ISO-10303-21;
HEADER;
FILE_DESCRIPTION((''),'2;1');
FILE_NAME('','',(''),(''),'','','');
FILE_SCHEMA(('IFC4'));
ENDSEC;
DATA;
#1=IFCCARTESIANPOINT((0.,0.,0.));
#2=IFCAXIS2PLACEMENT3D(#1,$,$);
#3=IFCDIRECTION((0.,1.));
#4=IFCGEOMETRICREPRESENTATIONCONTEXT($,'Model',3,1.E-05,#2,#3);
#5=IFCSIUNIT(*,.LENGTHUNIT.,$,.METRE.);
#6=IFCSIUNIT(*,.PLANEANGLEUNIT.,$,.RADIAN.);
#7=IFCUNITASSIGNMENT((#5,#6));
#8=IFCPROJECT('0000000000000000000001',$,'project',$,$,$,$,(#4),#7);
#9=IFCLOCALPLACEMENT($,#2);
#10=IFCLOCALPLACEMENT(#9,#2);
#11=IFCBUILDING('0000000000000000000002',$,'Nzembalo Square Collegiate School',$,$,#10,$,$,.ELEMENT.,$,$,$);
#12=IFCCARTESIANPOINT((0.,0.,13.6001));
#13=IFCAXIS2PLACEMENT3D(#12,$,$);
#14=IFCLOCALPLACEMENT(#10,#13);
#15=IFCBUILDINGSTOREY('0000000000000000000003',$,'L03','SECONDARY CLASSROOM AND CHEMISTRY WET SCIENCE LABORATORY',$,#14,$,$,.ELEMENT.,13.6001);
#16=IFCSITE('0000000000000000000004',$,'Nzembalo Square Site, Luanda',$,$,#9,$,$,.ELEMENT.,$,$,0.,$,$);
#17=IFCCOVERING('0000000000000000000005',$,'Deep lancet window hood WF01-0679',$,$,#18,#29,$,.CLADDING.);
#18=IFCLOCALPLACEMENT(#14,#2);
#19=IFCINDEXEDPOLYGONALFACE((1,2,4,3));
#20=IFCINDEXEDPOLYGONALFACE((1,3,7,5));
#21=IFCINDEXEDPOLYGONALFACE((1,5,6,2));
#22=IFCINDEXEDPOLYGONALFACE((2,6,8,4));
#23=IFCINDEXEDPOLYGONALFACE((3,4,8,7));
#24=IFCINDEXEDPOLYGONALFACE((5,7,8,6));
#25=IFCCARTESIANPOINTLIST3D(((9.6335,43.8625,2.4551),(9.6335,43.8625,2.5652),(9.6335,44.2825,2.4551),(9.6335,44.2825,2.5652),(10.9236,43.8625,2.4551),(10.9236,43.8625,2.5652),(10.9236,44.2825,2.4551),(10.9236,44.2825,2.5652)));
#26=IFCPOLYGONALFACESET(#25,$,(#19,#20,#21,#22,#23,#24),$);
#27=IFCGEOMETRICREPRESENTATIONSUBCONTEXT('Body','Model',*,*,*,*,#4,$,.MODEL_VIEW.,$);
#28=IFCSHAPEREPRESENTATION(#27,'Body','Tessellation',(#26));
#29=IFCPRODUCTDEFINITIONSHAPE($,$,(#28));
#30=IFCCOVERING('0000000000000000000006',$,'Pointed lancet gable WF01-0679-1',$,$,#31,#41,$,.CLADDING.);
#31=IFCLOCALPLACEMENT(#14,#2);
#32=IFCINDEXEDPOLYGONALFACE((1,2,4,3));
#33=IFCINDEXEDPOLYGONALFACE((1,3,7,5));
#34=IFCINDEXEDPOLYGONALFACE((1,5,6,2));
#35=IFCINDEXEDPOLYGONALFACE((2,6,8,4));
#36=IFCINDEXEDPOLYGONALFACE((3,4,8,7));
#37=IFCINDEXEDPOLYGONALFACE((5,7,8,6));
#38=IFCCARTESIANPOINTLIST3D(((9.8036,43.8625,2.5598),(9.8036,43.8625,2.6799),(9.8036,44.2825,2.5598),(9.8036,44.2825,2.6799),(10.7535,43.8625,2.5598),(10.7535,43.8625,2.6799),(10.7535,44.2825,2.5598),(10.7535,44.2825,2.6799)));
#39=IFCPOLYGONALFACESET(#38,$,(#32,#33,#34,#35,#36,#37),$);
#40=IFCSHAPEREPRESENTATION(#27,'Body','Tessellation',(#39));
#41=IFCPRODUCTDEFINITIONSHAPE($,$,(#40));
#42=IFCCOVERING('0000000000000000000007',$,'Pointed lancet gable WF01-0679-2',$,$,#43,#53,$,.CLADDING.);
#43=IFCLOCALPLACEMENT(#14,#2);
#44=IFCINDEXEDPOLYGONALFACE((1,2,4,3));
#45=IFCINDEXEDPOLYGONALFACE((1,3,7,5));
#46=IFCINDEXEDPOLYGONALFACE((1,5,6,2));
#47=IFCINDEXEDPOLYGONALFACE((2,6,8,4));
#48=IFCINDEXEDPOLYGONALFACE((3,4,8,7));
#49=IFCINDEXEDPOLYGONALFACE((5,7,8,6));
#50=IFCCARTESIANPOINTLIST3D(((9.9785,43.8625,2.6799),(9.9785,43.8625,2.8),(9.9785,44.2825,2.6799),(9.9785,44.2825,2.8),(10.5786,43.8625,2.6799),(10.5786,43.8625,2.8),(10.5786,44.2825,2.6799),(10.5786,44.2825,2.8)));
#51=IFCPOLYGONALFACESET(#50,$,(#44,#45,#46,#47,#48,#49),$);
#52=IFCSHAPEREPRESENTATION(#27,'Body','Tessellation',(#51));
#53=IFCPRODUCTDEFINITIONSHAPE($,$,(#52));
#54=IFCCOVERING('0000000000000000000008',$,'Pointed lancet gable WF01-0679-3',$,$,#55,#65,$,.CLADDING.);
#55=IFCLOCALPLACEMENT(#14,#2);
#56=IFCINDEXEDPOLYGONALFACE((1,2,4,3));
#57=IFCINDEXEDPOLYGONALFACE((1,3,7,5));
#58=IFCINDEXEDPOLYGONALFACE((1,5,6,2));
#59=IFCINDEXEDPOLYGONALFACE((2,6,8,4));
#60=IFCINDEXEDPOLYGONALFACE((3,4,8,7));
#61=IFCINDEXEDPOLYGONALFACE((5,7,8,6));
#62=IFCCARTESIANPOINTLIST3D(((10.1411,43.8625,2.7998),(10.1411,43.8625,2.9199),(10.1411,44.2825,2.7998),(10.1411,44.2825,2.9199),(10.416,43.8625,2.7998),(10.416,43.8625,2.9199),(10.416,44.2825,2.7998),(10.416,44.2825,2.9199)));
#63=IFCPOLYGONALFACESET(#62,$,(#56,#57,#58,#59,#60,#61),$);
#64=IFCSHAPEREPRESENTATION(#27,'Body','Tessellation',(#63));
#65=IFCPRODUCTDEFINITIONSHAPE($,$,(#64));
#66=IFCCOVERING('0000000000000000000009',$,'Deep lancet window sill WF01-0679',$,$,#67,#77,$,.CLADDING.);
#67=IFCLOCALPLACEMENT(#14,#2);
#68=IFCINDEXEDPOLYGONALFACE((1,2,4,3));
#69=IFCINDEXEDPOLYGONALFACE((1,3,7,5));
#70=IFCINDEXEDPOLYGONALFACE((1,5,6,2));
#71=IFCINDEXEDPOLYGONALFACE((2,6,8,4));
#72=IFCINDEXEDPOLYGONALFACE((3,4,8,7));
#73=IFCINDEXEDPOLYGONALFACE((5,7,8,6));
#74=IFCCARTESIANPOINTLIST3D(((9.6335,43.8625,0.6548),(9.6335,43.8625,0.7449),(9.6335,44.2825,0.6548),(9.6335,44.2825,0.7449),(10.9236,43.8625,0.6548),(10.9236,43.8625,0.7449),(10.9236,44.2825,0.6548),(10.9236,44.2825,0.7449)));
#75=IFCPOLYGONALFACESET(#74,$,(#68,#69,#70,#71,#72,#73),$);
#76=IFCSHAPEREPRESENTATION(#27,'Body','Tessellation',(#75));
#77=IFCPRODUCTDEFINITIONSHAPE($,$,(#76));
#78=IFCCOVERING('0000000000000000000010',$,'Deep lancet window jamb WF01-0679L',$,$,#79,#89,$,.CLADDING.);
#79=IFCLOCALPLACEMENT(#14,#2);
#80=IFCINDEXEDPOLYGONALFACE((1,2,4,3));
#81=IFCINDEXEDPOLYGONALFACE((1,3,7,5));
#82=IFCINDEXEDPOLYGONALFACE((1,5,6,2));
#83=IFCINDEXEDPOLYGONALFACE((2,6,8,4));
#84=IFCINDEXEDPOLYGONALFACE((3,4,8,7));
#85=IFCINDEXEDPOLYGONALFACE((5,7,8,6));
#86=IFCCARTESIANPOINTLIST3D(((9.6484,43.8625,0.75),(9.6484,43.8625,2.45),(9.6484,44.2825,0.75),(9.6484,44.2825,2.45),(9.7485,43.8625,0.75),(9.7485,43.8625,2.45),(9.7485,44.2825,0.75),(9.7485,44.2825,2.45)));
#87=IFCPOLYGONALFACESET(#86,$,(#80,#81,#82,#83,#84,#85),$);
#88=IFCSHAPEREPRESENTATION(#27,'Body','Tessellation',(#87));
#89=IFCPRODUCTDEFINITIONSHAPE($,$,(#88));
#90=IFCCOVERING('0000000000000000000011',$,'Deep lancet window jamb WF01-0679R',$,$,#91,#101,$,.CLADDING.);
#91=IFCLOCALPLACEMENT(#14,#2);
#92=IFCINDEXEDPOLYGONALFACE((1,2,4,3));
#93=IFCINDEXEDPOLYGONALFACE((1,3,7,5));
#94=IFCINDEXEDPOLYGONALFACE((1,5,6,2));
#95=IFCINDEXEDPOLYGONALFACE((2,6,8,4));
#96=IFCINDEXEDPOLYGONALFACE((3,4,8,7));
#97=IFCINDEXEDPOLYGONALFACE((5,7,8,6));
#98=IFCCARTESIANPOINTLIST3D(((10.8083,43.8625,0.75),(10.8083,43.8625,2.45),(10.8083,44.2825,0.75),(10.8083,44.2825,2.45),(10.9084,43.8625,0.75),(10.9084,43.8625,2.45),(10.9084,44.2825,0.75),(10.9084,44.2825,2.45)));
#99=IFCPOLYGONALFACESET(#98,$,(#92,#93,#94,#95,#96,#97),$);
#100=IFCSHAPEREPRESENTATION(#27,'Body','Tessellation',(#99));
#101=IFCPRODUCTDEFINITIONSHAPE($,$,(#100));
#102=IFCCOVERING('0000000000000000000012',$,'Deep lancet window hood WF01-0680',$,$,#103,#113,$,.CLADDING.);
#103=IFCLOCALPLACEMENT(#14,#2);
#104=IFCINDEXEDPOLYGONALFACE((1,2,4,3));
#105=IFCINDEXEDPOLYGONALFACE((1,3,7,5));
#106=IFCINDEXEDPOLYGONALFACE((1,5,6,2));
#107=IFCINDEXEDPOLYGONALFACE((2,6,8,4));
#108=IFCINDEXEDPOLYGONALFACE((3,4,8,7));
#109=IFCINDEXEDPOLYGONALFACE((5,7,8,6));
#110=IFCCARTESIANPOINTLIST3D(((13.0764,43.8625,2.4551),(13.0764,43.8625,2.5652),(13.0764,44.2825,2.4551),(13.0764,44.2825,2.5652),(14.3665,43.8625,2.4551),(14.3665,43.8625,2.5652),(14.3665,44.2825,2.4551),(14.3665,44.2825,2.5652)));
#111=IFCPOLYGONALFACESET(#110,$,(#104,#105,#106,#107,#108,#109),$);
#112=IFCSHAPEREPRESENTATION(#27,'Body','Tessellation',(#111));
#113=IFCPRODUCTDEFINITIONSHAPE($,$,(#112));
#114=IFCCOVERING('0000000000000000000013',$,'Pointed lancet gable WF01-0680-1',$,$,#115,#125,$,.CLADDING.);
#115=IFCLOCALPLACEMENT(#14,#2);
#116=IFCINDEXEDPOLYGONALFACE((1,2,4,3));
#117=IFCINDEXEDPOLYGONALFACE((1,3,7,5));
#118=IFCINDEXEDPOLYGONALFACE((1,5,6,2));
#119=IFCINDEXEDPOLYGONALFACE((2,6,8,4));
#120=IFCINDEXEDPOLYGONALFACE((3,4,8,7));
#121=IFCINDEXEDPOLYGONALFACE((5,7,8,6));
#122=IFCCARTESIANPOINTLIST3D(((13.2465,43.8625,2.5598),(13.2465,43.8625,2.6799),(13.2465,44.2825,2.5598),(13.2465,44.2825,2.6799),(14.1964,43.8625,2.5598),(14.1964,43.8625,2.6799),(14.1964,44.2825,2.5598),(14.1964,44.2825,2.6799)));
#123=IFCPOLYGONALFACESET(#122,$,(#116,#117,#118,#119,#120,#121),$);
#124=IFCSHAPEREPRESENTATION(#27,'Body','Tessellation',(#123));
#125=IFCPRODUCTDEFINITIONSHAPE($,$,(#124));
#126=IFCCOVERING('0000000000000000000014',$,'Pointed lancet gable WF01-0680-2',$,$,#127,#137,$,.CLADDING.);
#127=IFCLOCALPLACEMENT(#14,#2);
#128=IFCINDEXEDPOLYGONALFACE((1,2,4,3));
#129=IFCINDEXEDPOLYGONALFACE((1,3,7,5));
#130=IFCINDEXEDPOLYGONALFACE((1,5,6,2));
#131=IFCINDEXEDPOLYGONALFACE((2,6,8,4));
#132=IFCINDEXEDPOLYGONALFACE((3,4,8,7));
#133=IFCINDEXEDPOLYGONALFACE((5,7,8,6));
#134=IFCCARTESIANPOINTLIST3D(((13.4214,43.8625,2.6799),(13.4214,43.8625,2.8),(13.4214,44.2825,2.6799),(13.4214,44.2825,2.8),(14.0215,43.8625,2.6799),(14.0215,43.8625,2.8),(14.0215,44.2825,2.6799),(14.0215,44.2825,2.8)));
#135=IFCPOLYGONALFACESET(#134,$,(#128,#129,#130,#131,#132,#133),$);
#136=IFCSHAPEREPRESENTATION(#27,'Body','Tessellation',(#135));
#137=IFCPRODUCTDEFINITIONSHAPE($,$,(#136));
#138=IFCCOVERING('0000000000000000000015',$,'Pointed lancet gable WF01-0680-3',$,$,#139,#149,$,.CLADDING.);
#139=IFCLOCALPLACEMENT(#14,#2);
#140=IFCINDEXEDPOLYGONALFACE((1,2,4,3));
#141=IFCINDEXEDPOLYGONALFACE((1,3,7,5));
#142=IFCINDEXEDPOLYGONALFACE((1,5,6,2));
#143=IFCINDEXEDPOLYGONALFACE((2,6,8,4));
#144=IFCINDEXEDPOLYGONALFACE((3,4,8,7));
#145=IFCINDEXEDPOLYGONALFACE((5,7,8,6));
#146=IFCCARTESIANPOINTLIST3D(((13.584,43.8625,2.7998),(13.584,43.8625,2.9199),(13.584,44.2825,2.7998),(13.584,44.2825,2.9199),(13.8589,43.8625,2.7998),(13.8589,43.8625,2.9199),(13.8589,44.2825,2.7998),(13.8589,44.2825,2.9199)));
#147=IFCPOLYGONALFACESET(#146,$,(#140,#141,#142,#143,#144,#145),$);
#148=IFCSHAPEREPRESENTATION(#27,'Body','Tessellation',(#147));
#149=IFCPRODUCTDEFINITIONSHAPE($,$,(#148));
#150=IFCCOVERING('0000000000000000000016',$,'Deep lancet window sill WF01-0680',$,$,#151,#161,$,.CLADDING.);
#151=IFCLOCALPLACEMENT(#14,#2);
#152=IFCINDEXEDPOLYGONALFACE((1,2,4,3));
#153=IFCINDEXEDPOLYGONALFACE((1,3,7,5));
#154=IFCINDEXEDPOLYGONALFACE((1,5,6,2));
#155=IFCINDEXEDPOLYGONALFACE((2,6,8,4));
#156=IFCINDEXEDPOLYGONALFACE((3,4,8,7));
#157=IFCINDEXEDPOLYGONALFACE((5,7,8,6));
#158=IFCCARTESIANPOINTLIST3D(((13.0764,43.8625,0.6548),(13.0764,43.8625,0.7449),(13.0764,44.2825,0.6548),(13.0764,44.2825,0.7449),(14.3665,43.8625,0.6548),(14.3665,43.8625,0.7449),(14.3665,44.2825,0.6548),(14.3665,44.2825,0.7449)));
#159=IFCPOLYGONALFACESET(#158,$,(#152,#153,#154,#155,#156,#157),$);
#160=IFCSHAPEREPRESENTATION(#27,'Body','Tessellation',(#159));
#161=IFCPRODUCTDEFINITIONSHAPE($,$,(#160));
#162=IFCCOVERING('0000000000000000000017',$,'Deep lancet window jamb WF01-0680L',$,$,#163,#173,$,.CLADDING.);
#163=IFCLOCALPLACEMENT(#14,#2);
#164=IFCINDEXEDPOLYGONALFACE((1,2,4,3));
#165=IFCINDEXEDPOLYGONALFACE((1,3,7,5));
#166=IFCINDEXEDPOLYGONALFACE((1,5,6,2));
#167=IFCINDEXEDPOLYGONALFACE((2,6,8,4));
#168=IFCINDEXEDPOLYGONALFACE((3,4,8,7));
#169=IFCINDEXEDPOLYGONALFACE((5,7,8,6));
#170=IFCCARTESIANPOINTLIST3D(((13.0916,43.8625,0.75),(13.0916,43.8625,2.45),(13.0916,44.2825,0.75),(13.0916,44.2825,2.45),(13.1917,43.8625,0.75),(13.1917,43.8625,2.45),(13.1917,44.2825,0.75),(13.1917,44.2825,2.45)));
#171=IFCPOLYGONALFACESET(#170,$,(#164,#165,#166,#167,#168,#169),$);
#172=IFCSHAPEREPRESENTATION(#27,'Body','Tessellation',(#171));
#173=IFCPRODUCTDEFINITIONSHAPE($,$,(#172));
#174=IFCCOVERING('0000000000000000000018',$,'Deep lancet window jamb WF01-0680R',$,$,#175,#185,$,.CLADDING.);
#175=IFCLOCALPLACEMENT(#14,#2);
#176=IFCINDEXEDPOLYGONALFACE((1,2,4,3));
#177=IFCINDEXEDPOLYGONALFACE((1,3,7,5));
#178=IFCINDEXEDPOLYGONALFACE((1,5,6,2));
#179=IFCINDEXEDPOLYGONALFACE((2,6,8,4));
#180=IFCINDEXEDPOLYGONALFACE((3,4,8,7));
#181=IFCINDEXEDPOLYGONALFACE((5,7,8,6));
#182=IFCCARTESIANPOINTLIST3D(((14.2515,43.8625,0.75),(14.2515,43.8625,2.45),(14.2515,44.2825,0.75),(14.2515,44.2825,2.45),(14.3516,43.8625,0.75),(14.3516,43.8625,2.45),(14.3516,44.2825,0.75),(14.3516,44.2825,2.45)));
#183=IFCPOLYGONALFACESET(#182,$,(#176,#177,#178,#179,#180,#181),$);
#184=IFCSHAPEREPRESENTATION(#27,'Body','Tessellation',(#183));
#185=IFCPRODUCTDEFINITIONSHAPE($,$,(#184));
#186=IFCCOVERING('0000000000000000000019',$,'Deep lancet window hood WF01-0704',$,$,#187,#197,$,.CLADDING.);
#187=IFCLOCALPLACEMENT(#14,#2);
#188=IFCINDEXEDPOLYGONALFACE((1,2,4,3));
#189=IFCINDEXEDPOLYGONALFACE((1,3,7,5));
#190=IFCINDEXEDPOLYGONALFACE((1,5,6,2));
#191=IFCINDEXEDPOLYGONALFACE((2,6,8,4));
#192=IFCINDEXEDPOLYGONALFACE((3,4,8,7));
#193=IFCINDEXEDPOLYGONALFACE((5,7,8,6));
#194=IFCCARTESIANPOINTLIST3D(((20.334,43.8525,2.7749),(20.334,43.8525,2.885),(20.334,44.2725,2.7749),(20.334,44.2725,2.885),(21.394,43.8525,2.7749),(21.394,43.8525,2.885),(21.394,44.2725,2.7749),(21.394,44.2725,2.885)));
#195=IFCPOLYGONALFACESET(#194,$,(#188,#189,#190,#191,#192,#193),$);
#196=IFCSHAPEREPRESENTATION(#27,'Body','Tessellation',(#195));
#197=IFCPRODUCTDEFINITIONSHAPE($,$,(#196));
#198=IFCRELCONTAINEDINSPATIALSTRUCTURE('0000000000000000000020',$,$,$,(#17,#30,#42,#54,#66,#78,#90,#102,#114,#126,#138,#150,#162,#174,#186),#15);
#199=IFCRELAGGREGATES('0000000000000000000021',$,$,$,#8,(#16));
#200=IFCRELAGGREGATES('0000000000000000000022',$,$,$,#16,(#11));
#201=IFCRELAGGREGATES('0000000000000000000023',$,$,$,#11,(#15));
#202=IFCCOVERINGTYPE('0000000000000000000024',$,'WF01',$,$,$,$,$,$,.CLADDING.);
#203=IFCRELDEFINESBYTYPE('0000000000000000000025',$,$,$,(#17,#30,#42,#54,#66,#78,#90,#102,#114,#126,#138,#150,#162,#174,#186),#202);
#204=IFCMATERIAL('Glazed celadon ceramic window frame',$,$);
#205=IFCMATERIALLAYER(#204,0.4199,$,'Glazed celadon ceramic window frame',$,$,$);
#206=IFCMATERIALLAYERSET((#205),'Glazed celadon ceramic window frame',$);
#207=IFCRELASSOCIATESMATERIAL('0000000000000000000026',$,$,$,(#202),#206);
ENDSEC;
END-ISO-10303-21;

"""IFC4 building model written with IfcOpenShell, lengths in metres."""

from ifc_helpers import new_model, si_unit, direction, frame, origin, origin_2d, place, context, subcontext, project, spatial, rectangle, extrude, material, layer, layer_set, type_object, element, save


model = new_model("IFC4")

# Units and contexts
model_context = context("Model", 3, precision=1e-05, world=origin(), true_north=direction((0.0, 1.0)))
body_context = subcontext(model_context, "Body", "Model", "MODEL_VIEW")
ifc_project = project(units=[si_unit("LENGTHUNIT", "METRE"), si_unit("PLANEANGLEUNIT", "RADIAN")], contexts=[model_context])

# Site, building, storey
site_placement = place(None, origin())
site = spatial("IfcSite", under=ifc_project, at=site_placement, Name="Nzembalo Square Site, Luanda", CompositionType="ELEMENT", RefElevation=0.0)
building_placement = place(site_placement, origin())
building = spatial("IfcBuilding", under=site, at=building_placement, Name="Nzembalo Square Collegiate School", CompositionType="ELEMENT")
storey_placement = place(building_placement, frame((0.0, 0.0, 13.6001)))
storey = spatial("IfcBuildingStorey", under=building, at=storey_placement, Name="L03", Description="SECONDARY CLASSROOM AND CHEMISTRY WET SCIENCE LABORATORY", CompositionType="ELEMENT", Elevation=13.6001)

# Coverings
ifc_material = material(Name="Glazed celadon ceramic window frame")
ifc_layer = layer(ifc_material, 0.4199, Name="Glazed celadon ceramic window frame")
ifc_layer_set = layer_set([ifc_layer], Name="Glazed celadon ceramic window frame")
covering_type = type_object("IfcCoveringType", Name="WF01", PredefinedType="CLADDING", material=ifc_layer_set)
covering_1_placement = place(storey_placement, frame((10.2786, 44.0725, 2.4551), z_axis=(0.0, 0.0, 1.0), x_axis=(1.0, 0.0, 0.0)))
element("IfcCovering", 1, at=covering_1_placement, inside=storey, type_object=covering_type, Name="Deep lancet window hood WF01-0679", PredefinedType="CLADDING", context=body_context, shape_type="SweptSolid", body=[
    extrude(rectangle(XDim=1.29, YDim=0.4199, at=origin_2d()), origin(), (0.0, 0.0, 1.0), 0.1101),
])
covering_2_placement = place(storey_placement, frame((10.2786, 44.0725, 2.5598), z_axis=(0.0, 0.0, 1.0), x_axis=(1.0, 0.0, 0.0)))
element("IfcCovering", 2, at=covering_2_placement, inside=storey, type_object=covering_type, Name="Pointed lancet gable WF01-0679-1", PredefinedType="CLADDING", context=body_context, shape_type="SweptSolid", body=[
    extrude(rectangle(XDim=0.95, YDim=0.4199, at=origin_2d()), origin(), (0.0, 0.0, 1.0), 0.1201),
])
covering_3_placement = place(storey_placement, frame((10.2786, 44.0725, 2.6799), z_axis=(0.0, 0.0, 1.0), x_axis=(1.0, 0.0, 0.0)))
element("IfcCovering", 3, at=covering_3_placement, inside=storey, type_object=covering_type, Name="Pointed lancet gable WF01-0679-2", PredefinedType="CLADDING", context=body_context, shape_type="SweptSolid", body=[
    extrude(rectangle(XDim=0.6001, YDim=0.4199, at=origin_2d()), origin(), (0.0, 0.0, 1.0), 0.1201),
])
covering_4_placement = place(storey_placement, frame((10.2786, 44.0725, 2.7998), z_axis=(0.0, 0.0, 1.0), x_axis=(1.0, 0.0, 0.0)))
element("IfcCovering", 4, at=covering_4_placement, inside=storey, type_object=covering_type, Name="Pointed lancet gable WF01-0679-3", PredefinedType="CLADDING", context=body_context, shape_type="SweptSolid", body=[
    extrude(rectangle(XDim=0.2749, YDim=0.4199, at=origin_2d()), origin(), (0.0, 0.0, 1.0), 0.1201),
])
covering_5_placement = place(storey_placement, frame((10.2786, 44.0725, 0.6548), z_axis=(0.0, 0.0, 1.0), x_axis=(1.0, 0.0, 0.0)))
element("IfcCovering", 5, at=covering_5_placement, inside=storey, type_object=covering_type, Name="Deep lancet window sill WF01-0679", PredefinedType="CLADDING", context=body_context, shape_type="SweptSolid", body=[
    extrude(rectangle(XDim=1.29, YDim=0.4199, at=origin_2d()), origin(), (0.0, 0.0, 1.0), 0.0901),
])
for number, where, z_axis, x_axis, name in (
    (6, (9.6985, 44.0725, 0.75), (0.0, 0.0, 1.0), (1.0, 0.0, 0.0), "Deep lancet window jamb WF01-0679L"),
    (7, (10.8584, 44.0725, 0.75), (0.0, 0.0, 1.0), (1.0, 0.0, 0.0), "Deep lancet window jamb WF01-0679R"),
):
    element("IfcCovering", number, at=place(storey_placement, frame(where, z_axis=z_axis, x_axis=x_axis)), inside=storey, type_object=covering_type, Name=name, PredefinedType="CLADDING", context=body_context, shape_type="SweptSolid", body=[
        extrude(rectangle(XDim=0.1001, YDim=0.4199, at=origin_2d()), origin(), (0.0, 0.0, 1.0), 1.7),
    ])
covering_6_placement = place(storey_placement, frame((13.7214, 44.0725, 2.4551), z_axis=(0.0, 0.0, 1.0), x_axis=(1.0, 0.0, 0.0)))
element("IfcCovering", 8, at=covering_6_placement, inside=storey, type_object=covering_type, Name="Deep lancet window hood WF01-0680", PredefinedType="CLADDING", context=body_context, shape_type="SweptSolid", body=[
    extrude(rectangle(XDim=1.29, YDim=0.4199, at=origin_2d()), origin(), (0.0, 0.0, 1.0), 0.1101),
])
covering_7_placement = place(storey_placement, frame((13.7214, 44.0725, 2.5598), z_axis=(0.0, 0.0, 1.0), x_axis=(1.0, 0.0, 0.0)))
element("IfcCovering", 9, at=covering_7_placement, inside=storey, type_object=covering_type, Name="Pointed lancet gable WF01-0680-1", PredefinedType="CLADDING", context=body_context, shape_type="SweptSolid", body=[
    extrude(rectangle(XDim=0.95, YDim=0.4199, at=origin_2d()), origin(), (0.0, 0.0, 1.0), 0.1201),
])
covering_8_placement = place(storey_placement, frame((13.7214, 44.0725, 2.6799), z_axis=(0.0, 0.0, 1.0), x_axis=(1.0, 0.0, 0.0)))
element("IfcCovering", 10, at=covering_8_placement, inside=storey, type_object=covering_type, Name="Pointed lancet gable WF01-0680-2", PredefinedType="CLADDING", context=body_context, shape_type="SweptSolid", body=[
    extrude(rectangle(XDim=0.6001, YDim=0.4199, at=origin_2d()), origin(), (0.0, 0.0, 1.0), 0.1201),
])
covering_9_placement = place(storey_placement, frame((13.7214, 44.0725, 2.7998), z_axis=(0.0, 0.0, 1.0), x_axis=(1.0, 0.0, 0.0)))
element("IfcCovering", 11, at=covering_9_placement, inside=storey, type_object=covering_type, Name="Pointed lancet gable WF01-0680-3", PredefinedType="CLADDING", context=body_context, shape_type="SweptSolid", body=[
    extrude(rectangle(XDim=0.2749, YDim=0.4199, at=origin_2d()), origin(), (0.0, 0.0, 1.0), 0.1201),
])
covering_10_placement = place(storey_placement, frame((13.7214, 44.0725, 0.6548), z_axis=(0.0, 0.0, 1.0), x_axis=(1.0, 0.0, 0.0)))
element("IfcCovering", 12, at=covering_10_placement, inside=storey, type_object=covering_type, Name="Deep lancet window sill WF01-0680", PredefinedType="CLADDING", context=body_context, shape_type="SweptSolid", body=[
    extrude(rectangle(XDim=1.29, YDim=0.4199, at=origin_2d()), origin(), (0.0, 0.0, 1.0), 0.0901),
])
for number, where, z_axis, x_axis, name in (
    (13, (13.1416, 44.0725, 0.75), (0.0, 0.0, 1.0), (1.0, 0.0, 0.0), "Deep lancet window jamb WF01-0680L"),
    (14, (14.3015, 44.0725, 0.75), (0.0, 0.0, 1.0), (1.0, 0.0, 0.0), "Deep lancet window jamb WF01-0680R"),
):
    element("IfcCovering", number, at=place(storey_placement, frame(where, z_axis=z_axis, x_axis=x_axis)), inside=storey, type_object=covering_type, Name=name, PredefinedType="CLADDING", context=body_context, shape_type="SweptSolid", body=[
        extrude(rectangle(XDim=0.1001, YDim=0.4199, at=origin_2d()), origin(), (0.0, 0.0, 1.0), 1.7),
    ])
covering_11_placement = place(storey_placement, frame((20.864, 44.0625, 2.7749), z_axis=(0.0, 0.0, 1.0), x_axis=(1.0, 0.0, 0.0)))
element("IfcCovering", 15, at=covering_11_placement, inside=storey, type_object=covering_type, Name="Deep lancet window hood WF01-0704", PredefinedType="CLADDING", context=body_context, shape_type="SweptSolid", body=[
    extrude(rectangle(XDim=1.0601, YDim=0.4199, at=origin_2d()), origin(), (0.0, 0.0, 1.0), 0.1101),
])

save(model, "model.ifc")
